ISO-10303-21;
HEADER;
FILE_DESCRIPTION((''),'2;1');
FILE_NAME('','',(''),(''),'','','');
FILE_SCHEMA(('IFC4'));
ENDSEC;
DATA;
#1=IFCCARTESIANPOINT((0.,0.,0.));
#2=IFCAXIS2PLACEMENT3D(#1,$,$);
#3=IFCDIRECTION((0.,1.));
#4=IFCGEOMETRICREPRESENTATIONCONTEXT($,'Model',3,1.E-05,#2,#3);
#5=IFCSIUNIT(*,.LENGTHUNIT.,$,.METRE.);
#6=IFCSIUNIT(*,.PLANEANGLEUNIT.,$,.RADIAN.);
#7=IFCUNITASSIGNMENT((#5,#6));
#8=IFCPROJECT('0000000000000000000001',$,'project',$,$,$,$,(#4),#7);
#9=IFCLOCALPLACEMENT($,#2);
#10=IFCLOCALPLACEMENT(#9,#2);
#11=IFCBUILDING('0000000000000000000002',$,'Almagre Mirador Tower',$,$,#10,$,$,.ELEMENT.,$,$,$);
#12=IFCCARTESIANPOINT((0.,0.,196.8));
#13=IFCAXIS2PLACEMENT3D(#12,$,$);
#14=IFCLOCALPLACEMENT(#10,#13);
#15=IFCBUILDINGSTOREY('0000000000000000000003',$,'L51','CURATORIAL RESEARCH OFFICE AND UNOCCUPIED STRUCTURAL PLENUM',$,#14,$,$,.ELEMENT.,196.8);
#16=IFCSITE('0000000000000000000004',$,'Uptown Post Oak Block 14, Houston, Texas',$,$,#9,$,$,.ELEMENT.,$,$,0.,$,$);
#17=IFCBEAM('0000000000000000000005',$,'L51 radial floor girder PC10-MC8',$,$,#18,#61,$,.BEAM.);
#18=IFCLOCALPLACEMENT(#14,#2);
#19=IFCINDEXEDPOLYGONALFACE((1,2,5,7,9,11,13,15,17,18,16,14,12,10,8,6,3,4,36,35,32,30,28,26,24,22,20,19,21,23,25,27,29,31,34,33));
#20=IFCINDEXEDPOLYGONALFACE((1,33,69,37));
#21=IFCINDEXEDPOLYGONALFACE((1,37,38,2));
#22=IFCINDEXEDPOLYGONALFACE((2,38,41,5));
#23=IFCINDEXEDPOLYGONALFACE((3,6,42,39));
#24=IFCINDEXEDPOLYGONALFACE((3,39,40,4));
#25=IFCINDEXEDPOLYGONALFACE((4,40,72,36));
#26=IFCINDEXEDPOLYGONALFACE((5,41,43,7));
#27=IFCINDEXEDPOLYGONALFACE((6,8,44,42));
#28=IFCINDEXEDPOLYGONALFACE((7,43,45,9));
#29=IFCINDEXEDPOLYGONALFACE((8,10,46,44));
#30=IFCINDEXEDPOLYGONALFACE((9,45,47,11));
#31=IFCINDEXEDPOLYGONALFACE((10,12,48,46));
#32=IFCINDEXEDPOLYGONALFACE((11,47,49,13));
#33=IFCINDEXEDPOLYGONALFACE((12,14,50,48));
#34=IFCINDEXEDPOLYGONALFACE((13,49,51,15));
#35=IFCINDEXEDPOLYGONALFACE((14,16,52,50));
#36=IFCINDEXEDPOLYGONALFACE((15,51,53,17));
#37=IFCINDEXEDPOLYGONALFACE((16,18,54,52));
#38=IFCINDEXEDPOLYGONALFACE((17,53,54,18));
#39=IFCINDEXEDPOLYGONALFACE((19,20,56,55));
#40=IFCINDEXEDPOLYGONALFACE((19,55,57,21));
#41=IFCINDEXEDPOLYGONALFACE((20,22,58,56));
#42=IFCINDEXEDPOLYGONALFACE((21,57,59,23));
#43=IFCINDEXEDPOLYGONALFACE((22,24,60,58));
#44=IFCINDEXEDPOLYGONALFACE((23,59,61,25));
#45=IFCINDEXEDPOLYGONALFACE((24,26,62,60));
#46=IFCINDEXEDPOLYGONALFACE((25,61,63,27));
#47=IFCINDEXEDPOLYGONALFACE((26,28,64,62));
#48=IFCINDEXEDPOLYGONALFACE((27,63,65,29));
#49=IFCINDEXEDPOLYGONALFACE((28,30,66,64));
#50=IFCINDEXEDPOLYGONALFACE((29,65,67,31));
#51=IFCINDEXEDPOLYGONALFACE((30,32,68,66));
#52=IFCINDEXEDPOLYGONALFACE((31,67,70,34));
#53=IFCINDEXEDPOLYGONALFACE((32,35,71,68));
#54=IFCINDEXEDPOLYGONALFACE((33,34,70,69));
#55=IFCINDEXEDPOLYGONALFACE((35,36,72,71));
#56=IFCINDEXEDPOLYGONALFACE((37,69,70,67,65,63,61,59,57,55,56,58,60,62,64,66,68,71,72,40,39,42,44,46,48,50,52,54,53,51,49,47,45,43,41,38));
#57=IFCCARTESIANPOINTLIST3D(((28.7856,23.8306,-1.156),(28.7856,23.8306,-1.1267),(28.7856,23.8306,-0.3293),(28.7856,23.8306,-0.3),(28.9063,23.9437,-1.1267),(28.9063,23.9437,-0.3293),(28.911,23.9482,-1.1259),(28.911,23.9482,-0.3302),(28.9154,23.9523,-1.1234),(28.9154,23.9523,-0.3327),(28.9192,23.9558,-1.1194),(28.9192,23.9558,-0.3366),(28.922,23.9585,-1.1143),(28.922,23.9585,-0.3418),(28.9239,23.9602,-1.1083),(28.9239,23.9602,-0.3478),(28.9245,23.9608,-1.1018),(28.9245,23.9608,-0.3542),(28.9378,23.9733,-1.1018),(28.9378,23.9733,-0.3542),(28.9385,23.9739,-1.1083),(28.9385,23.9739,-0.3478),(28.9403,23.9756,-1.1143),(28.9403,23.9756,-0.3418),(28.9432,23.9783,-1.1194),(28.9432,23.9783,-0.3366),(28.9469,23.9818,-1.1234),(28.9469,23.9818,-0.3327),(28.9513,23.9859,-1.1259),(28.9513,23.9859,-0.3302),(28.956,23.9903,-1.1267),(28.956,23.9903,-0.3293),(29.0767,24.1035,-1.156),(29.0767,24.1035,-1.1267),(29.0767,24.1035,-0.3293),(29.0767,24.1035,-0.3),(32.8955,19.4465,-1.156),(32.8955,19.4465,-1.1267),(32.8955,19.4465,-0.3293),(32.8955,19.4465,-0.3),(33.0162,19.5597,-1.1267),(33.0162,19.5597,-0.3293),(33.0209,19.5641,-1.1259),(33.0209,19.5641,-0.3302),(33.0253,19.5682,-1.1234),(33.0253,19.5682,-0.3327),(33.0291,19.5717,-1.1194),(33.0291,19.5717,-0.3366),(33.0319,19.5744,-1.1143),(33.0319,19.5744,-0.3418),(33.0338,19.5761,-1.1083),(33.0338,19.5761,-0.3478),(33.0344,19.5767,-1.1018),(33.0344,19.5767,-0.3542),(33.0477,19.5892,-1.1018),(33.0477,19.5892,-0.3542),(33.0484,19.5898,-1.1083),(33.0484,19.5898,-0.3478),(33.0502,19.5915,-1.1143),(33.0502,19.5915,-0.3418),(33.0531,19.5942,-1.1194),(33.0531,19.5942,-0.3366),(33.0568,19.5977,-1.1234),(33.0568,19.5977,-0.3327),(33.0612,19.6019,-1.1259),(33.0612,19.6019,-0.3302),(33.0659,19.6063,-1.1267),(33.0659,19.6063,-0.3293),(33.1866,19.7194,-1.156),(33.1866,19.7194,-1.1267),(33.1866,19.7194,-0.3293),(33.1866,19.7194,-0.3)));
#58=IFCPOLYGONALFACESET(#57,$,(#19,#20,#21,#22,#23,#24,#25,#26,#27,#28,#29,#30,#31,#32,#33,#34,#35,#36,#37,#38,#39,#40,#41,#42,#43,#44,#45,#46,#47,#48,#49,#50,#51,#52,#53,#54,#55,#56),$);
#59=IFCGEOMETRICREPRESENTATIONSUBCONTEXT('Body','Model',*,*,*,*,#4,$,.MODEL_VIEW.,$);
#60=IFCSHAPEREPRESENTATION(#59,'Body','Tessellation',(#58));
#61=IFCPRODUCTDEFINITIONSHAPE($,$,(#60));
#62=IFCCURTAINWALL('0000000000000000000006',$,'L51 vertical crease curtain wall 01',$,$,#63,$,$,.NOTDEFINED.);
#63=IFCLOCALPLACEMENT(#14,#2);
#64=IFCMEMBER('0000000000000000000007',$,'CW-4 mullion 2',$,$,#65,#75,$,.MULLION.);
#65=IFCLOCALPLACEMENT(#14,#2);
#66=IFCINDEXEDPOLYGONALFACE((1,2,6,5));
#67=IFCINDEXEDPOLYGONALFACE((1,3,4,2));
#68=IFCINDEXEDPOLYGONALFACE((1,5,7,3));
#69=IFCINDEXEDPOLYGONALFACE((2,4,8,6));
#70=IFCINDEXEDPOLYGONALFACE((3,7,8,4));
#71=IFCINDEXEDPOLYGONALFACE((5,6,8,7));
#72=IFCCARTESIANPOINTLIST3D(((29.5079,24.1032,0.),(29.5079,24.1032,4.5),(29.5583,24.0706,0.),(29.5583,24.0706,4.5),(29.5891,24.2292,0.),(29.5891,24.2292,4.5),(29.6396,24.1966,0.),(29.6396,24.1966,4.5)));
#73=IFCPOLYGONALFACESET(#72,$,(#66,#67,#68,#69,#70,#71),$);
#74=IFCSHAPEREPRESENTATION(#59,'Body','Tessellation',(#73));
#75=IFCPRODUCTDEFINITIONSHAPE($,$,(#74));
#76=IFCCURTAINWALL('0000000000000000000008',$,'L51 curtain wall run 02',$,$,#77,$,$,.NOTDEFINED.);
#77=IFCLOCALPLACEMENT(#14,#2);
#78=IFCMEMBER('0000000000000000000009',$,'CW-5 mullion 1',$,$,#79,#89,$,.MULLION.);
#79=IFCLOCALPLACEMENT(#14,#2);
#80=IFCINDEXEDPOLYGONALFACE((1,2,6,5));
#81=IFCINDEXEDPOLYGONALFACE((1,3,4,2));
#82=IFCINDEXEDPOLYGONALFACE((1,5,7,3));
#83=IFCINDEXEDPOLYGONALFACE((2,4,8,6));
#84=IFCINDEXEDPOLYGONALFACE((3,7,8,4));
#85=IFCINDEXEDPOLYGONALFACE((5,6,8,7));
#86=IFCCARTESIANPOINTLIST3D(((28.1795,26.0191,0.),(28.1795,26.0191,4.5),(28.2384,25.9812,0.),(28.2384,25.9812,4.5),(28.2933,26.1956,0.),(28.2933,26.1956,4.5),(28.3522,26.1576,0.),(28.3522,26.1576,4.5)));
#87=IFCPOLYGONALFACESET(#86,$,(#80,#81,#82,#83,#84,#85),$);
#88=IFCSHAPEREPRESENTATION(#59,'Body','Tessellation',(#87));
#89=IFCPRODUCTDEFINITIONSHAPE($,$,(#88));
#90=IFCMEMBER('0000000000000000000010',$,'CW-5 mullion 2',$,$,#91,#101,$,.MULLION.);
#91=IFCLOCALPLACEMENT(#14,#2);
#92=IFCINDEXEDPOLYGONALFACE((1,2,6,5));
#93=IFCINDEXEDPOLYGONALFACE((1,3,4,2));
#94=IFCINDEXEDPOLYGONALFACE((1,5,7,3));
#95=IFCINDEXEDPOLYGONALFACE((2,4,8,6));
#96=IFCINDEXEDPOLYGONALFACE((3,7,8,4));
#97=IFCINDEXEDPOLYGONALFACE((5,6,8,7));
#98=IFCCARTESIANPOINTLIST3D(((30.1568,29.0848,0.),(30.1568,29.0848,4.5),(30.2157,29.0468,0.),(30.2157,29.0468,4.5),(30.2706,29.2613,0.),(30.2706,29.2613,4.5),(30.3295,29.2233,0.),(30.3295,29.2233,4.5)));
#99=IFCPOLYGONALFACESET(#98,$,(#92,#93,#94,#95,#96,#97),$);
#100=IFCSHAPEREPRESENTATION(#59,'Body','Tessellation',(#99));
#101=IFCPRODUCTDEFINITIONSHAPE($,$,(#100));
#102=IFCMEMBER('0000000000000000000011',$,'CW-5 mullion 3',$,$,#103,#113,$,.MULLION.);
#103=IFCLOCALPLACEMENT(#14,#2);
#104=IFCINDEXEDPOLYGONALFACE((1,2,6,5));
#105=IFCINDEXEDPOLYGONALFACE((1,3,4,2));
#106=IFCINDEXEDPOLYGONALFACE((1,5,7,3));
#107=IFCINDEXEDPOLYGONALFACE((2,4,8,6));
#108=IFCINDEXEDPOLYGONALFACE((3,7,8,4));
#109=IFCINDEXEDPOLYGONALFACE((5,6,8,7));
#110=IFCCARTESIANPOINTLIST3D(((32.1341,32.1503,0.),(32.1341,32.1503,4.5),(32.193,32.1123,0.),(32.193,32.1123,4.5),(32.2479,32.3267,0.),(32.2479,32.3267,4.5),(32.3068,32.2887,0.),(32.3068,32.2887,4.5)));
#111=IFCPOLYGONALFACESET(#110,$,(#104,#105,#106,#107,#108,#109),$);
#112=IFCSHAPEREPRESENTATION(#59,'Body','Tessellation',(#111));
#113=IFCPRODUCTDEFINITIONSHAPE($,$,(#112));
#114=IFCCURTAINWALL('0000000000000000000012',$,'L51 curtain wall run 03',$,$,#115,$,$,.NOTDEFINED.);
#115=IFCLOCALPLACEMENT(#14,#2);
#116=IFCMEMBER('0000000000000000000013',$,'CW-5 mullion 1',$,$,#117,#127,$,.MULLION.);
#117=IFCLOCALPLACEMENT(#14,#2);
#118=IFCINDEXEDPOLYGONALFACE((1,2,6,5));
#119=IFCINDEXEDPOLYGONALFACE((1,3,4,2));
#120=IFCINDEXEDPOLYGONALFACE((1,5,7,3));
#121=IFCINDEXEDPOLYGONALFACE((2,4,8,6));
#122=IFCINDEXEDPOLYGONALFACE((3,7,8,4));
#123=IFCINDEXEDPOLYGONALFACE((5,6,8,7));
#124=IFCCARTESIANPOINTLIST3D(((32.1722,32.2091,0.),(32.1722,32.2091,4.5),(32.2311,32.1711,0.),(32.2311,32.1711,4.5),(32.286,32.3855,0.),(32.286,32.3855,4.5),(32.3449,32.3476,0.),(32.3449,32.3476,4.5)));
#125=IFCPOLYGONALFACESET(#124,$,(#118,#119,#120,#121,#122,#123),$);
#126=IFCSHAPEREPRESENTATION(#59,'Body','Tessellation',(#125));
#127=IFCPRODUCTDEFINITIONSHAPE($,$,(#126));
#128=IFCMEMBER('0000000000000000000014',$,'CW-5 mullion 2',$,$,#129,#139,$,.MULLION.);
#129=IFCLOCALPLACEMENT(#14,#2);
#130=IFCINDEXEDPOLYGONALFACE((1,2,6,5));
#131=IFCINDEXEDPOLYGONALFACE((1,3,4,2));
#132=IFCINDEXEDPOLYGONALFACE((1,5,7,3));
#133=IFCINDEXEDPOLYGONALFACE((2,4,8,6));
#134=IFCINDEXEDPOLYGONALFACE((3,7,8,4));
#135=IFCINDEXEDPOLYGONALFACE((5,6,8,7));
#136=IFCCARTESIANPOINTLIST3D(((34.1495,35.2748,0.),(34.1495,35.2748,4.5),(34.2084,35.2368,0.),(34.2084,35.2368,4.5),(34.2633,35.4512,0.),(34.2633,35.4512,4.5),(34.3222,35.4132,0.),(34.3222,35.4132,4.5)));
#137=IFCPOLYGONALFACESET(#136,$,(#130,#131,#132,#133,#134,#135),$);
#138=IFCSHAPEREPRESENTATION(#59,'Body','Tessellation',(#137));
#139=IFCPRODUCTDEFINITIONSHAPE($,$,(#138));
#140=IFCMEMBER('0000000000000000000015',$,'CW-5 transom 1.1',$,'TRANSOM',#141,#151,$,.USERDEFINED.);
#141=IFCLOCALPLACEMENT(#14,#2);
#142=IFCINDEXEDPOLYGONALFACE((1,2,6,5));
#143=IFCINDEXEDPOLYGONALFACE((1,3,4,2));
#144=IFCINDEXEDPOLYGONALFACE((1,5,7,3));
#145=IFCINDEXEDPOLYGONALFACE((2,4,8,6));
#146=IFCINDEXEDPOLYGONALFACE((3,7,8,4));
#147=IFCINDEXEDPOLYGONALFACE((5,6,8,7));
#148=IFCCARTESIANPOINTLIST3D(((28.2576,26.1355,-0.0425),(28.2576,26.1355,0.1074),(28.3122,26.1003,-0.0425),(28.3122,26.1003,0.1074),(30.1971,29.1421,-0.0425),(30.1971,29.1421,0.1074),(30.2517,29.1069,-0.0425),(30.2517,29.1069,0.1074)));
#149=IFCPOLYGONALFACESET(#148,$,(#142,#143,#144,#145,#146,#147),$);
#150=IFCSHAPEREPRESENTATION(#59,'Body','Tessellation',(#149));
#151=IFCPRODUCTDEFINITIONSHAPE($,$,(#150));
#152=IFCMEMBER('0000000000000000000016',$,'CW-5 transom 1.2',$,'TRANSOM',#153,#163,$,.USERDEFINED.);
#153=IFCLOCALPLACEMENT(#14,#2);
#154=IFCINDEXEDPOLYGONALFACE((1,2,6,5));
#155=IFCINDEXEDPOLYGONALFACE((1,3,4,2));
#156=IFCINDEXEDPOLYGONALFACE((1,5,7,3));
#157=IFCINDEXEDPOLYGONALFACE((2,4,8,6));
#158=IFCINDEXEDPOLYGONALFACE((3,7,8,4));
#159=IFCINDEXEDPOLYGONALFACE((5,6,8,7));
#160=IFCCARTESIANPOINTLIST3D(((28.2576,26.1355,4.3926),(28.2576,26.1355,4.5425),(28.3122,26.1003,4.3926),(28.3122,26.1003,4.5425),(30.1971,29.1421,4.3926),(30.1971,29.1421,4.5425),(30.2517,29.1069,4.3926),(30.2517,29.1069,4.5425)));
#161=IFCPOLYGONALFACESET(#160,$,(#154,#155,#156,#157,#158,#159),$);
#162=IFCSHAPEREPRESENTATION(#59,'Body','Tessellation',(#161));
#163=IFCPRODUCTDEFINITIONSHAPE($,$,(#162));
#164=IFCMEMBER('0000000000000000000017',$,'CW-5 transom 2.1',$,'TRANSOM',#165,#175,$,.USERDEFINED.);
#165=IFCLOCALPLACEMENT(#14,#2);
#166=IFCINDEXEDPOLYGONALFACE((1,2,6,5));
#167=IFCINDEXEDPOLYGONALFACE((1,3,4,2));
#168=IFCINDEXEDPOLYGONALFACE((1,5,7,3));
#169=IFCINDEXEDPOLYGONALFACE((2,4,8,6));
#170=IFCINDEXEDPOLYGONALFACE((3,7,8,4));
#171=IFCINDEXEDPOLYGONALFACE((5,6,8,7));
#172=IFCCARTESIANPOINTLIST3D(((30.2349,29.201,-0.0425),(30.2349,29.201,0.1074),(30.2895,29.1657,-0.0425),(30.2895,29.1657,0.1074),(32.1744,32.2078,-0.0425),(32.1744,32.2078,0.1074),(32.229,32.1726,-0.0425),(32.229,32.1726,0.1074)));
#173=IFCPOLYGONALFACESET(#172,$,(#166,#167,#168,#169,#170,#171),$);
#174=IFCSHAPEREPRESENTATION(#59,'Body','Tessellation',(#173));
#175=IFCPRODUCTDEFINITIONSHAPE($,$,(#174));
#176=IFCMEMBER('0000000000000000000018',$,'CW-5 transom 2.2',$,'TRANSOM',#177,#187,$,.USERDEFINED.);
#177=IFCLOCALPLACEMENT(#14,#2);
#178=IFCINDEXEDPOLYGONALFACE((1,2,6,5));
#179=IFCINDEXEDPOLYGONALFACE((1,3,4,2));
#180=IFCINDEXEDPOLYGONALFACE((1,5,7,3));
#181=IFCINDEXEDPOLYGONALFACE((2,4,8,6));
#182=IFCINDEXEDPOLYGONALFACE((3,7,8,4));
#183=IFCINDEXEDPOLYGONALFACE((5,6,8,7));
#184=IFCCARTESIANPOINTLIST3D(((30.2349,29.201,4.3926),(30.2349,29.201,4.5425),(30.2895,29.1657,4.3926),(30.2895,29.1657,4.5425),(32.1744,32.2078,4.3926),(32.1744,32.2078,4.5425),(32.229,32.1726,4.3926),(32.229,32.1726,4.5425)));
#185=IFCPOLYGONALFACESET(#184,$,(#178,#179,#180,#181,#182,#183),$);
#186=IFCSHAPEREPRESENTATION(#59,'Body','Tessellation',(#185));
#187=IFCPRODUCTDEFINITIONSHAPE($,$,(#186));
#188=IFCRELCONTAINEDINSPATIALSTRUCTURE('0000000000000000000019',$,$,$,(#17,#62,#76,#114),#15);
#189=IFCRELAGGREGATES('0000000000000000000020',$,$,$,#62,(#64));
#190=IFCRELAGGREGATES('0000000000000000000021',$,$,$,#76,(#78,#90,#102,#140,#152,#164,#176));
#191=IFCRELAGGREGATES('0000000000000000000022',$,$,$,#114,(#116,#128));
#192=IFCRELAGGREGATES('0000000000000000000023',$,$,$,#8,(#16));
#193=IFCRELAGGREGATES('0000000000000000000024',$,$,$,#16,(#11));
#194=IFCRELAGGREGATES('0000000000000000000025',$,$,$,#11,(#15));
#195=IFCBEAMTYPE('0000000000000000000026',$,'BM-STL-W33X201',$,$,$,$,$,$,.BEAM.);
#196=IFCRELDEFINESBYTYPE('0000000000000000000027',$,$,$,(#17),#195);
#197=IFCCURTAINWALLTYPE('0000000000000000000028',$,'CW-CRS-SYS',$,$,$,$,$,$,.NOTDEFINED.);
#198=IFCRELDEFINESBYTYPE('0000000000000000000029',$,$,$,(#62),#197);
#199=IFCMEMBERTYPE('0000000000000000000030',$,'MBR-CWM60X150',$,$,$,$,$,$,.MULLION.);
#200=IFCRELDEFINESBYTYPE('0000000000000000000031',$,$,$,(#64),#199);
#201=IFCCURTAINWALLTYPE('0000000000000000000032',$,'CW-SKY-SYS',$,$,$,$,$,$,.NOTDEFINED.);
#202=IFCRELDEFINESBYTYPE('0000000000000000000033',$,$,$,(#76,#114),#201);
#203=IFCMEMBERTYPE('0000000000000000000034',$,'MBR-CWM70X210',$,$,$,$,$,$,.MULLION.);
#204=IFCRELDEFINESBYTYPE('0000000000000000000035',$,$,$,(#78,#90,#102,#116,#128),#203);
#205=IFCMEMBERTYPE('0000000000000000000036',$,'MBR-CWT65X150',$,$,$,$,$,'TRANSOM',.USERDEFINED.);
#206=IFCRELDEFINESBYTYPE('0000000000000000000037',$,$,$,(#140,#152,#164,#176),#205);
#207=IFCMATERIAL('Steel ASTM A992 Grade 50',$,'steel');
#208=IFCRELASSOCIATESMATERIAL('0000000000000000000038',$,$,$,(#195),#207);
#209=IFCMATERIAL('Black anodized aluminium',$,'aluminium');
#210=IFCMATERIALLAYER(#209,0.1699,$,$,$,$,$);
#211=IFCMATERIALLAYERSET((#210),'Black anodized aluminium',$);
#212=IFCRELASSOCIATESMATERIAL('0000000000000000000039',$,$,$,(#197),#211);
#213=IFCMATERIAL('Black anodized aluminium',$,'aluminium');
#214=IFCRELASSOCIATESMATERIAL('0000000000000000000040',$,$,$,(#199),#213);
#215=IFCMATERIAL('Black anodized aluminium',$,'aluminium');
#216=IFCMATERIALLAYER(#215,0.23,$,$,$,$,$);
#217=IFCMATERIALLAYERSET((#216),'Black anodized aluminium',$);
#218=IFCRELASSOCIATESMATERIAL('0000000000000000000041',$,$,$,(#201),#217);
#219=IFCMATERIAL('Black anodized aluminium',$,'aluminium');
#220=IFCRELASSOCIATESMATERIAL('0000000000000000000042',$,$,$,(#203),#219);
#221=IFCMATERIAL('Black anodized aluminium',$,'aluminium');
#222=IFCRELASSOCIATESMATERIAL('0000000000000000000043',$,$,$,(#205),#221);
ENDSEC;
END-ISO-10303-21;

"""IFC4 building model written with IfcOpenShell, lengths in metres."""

from ifc_helpers import new_model, si_unit, direction, frame, origin, origin_2d, place, context, subcontext, project, spatial, rectangle, i_section, extrude, material, layer, layer_set, material_profile, profile_set, type_object, element, aggregate, save


model = new_model("IFC4")

# Units and contexts
model_context = context("Model", 3, precision=1e-05, world=origin(), true_north=direction((0.0, 1.0)))
body_context = subcontext(model_context, "Body", "Model", "MODEL_VIEW")
ifc_project = project(units=[si_unit("LENGTHUNIT", "METRE"), si_unit("PLANEANGLEUNIT", "RADIAN")], contexts=[model_context])

# Site, building, storey
site_placement = place(None, origin())
site = spatial("IfcSite", under=ifc_project, at=site_placement, Name="Uptown Post Oak Block 14, Houston, Texas", CompositionType="ELEMENT", RefElevation=0.0)
building_placement = place(site_placement, origin())
building = spatial("IfcBuilding", under=site, at=building_placement, Name="Almagre Mirador Tower", CompositionType="ELEMENT")
storey_placement = place(building_placement, frame((0.0, 0.0, 196.8)))
storey = spatial("IfcBuildingStorey", under=building, at=storey_placement, Name="L51", Description="CURATORIAL RESEARCH OFFICE AND UNOCCUPIED STRUCTURAL PLENUM", CompositionType="ELEMENT", Elevation=196.8)

# Beam
ifc_material_1 = material(Name="Steel ASTM A992 Grade 50", Category="steel")
ifc_material_profile_1 = material_profile(ifc_material_1, i_section(OverallWidth=0.3989, OverallDepth=0.856, WebThickness=0.0183, FlangeThickness=0.0293, FilletRadius=0.0249, at=origin_2d()), Name="W33X201")
ifc_profile_set_1 = profile_set([ifc_material_profile_1], Name="Steel ASTM A992 Grade 50")
beam_type_1 = type_object("IfcBeamType", Name="BM-STL-W33X201", PredefinedType="BEAM", material=ifc_profile_set_1)
beam_1_placement = place(storey_placement, frame((28.9312, 23.967, -0.728), z_axis=(0.683926, -0.729551, 0.0), x_axis=(0.729551, 0.683926, 0.0)))
element("IfcBeam", 1, at=beam_1_placement, inside=storey, type_object=beam_type_1, Name="L51 radial floor girder PC10-MC8", PredefinedType="BEAM", context=body_context, shape_type="SweptSolid", body=[
    extrude(i_section(OverallWidth=0.3989, OverallDepth=0.856, WebThickness=0.0183, FlangeThickness=0.0293, FilletRadius=0.0249, at=origin_2d()), origin(), (0.0, 0.0, 1.0), 6.0093),
])

# Curtain wall, member
ifc_material_2 = material(Name="Black anodized aluminium", Category="aluminium")
ifc_layer_1 = layer(ifc_material_2, 0.1699)
ifc_layer_set_1 = layer_set([ifc_layer_1], Name="Black anodized aluminium")
curtain_wall_type_1 = type_object("IfcCurtainWallType", Name="CW-CRS-SYS", PredefinedType="NOTDEFINED", material=ifc_layer_set_1)
curtain_wall_1_placement = place(storey_placement, origin())
curtain_wall_1 = element("IfcCurtainWall", 2, at=curtain_wall_1_placement, inside=storey, type_object=curtain_wall_type_1, Name="L51 vertical crease curtain wall 01", PredefinedType="NOTDEFINED")
ifc_material_3 = material(Name="Black anodized aluminium", Category="aluminium")
ifc_material_profile_2 = material_profile(ifc_material_3, rectangle(XDim=0.0601, YDim=0.1499, at=origin_2d()), Name="CWM60X150")
ifc_profile_set_2 = profile_set([ifc_material_profile_2], Name="Black anodized aluminium")
member_type_1 = type_object("IfcMemberType", Name="MBR-CWM60X150", PredefinedType="MULLION", material=ifc_profile_set_2)
member_1_placement = place(storey_placement, frame((29.5737, 24.1499, 0.0), z_axis=(0.0, 0.0, 1.0), x_axis=(-0.840276, 0.54216, 0.0)))
member_1 = element("IfcMember", 3, at=member_1_placement, type_object=member_type_1, Name="CW-4 mullion 2", PredefinedType="MULLION", context=body_context, shape_type="SweptSolid", body=[
    extrude(rectangle(XDim=0.0601, YDim=0.1499, at=origin_2d()), origin(), (0.0, 0.0, 1.0), 4.5),
])
aggregate(curtain_wall_1, [member_1])

# Curtain walls, members
ifc_material_4 = material(Name="Black anodized aluminium", Category="aluminium")
ifc_layer_2 = layer(ifc_material_4, 0.23)
ifc_layer_set_2 = layer_set([ifc_layer_2], Name="Black anodized aluminium")
curtain_wall_type_2 = type_object("IfcCurtainWallType", Name="CW-SKY-SYS", PredefinedType="NOTDEFINED", material=ifc_layer_set_2)
curtain_wall_2_placement = place(storey_placement, origin())
curtain_wall_2 = element("IfcCurtainWall", 4, at=curtain_wall_2_placement, inside=storey, type_object=curtain_wall_type_2, Name="L51 curtain wall run 02", PredefinedType="NOTDEFINED")
ifc_material_5 = material(Name="Black anodized aluminium", Category="aluminium")
ifc_material_profile_3 = material_profile(ifc_material_5, rectangle(XDim=0.0701, YDim=0.21, at=origin_2d()), Name="CWM70X210")
ifc_profile_set_3 = profile_set([ifc_material_profile_3], Name="Black anodized aluminium")
member_type_2 = type_object("IfcMemberType", Name="MBR-CWM70X210", PredefinedType="MULLION", material=ifc_profile_set_3)
member_2_placement = place(storey_placement, frame((28.2659, 26.0884, 0.0), z_axis=(0.0, 0.0, 1.0), x_axis=(-0.840361, 0.542026, 0.0)))
member_2 = element("IfcMember", 5, at=member_2_placement, type_object=member_type_2, Name="CW-5 mullion 1", PredefinedType="MULLION", context=body_context, shape_type="SweptSolid", body=[
    extrude(rectangle(XDim=0.0701, YDim=0.21, at=origin_2d()), origin(), (0.0, 0.0, 1.0), 4.5),
])
member_3_placement = place(storey_placement, frame((30.2432, 29.1541, 0.0), z_axis=(0.0, 0.0, 1.0), x_axis=(-0.840361, 0.542026, 0.0)))
member_3 = element("IfcMember", 6, at=member_3_placement, type_object=member_type_2, Name="CW-5 mullion 2", PredefinedType="MULLION", context=body_context, shape_type="SweptSolid", body=[
    extrude(rectangle(XDim=0.0701, YDim=0.21, at=origin_2d()), origin(), (0.0, 0.0, 1.0), 4.5),
])
member_4_placement = place(storey_placement, frame((32.2205, 32.2195, 0.0), z_axis=(0.0, 0.0, 1.0), x_axis=(-0.840361, 0.542026, 0.0)))
member_4 = element("IfcMember", 7, at=member_4_placement, type_object=member_type_2, Name="CW-5 mullion 3", PredefinedType="MULLION", context=body_context, shape_type="SweptSolid", body=[
    extrude(rectangle(XDim=0.0701, YDim=0.21, at=origin_2d()), origin(), (0.0, 0.0, 1.0), 4.5),
])
curtain_wall_3_placement = place(storey_placement, origin())
curtain_wall_3 = element("IfcCurtainWall", 8, at=curtain_wall_3_placement, inside=storey, type_object=curtain_wall_type_2, Name="L51 curtain wall run 03", PredefinedType="NOTDEFINED")
member_5_placement = place(storey_placement, frame((32.2585, 32.2783, 0.0), z_axis=(0.0, 0.0, 1.0), x_axis=(-0.840361, 0.542026, 0.0)))
member_5 = element("IfcMember", 9, at=member_5_placement, type_object=member_type_2, Name="CW-5 mullion 1", PredefinedType="MULLION", context=body_context, shape_type="SweptSolid", body=[
    extrude(rectangle(XDim=0.0701, YDim=0.21, at=origin_2d()), origin(), (0.0, 0.0, 1.0), 4.5),
])
member_6_placement = place(storey_placement, frame((34.2358, 35.344, 0.0), z_axis=(0.0, 0.0, 1.0), x_axis=(-0.840361, 0.542026, 0.0)))
member_6 = element("IfcMember", 10, at=member_6_placement, type_object=member_type_2, Name="CW-5 mullion 2", PredefinedType="MULLION", context=body_context, shape_type="SweptSolid", body=[
    extrude(rectangle(XDim=0.0701, YDim=0.21, at=origin_2d()), origin(), (0.0, 0.0, 1.0), 4.5),
])

# Members
ifc_material_6 = material(Name="Black anodized aluminium", Category="aluminium")
ifc_material_profile_4 = material_profile(ifc_material_6, rectangle(XDim=0.0649, YDim=0.1499, at=origin_2d()), Name="CWT65X150")
ifc_profile_set_4 = profile_set([ifc_material_profile_4], Name="Black anodized aluminium")
member_type_3 = type_object("IfcMemberType", Name="MBR-CWT65X150", ElementType="TRANSOM", PredefinedType="USERDEFINED", material=ifc_profile_set_4)
member_7_placement = place(storey_placement, frame((28.2849, 26.1179, 0.0325), z_axis=(0.542071, 0.840333, 0.0), x_axis=(-0.840333, 0.542071, 0.0)))
member_7 = element("IfcMember", 11, at=member_7_placement, type_object=member_type_3, Name="CW-5 transom 1.1", ObjectType="TRANSOM", PredefinedType="USERDEFINED", context=body_context, shape_type="SweptSolid", body=[
    extrude(rectangle(XDim=0.0649, YDim=0.1499, at=origin_2d()), origin(), (0.0, 0.0, 1.0), 3.5779),
])
member_8_placement = place(storey_placement, frame((28.2849, 26.1179, 4.4675), z_axis=(0.542071, 0.840333, 0.0), x_axis=(-0.840333, 0.542071, 0.0)))
member_8 = element("IfcMember", 12, at=member_8_placement, type_object=member_type_3, Name="CW-5 transom 1.2", ObjectType="TRANSOM", PredefinedType="USERDEFINED", context=body_context, shape_type="SweptSolid", body=[
    extrude(rectangle(XDim=0.0649, YDim=0.1499, at=origin_2d()), origin(), (0.0, 0.0, 1.0), 3.5779),
])
member_9_placement = place(storey_placement, frame((30.2622, 29.1833, 0.0325), z_axis=(0.54204, 0.840353, 0.0), x_axis=(-0.840353, 0.54204, 0.0)))
member_9 = element("IfcMember", 13, at=member_9_placement, type_object=member_type_3, Name="CW-5 transom 2.1", ObjectType="TRANSOM", PredefinedType="USERDEFINED", context=body_context, shape_type="SweptSolid", body=[
    extrude(rectangle(XDim=0.0649, YDim=0.1499, at=origin_2d()), origin(), (0.0, 0.0, 1.0), 3.5781),
])
member_10_placement = place(storey_placement, frame((30.2622, 29.1833, 4.4675), z_axis=(0.54204, 0.840353, 0.0), x_axis=(-0.840353, 0.54204, 0.0)))
member_10 = element("IfcMember", 14, at=member_10_placement, type_object=member_type_3, Name="CW-5 transom 2.2", ObjectType="TRANSOM", PredefinedType="USERDEFINED", context=body_context, shape_type="SweptSolid", body=[
    extrude(rectangle(XDim=0.0649, YDim=0.1499, at=origin_2d()), origin(), (0.0, 0.0, 1.0), 3.5781),
])

aggregate(curtain_wall_2, [member_2, member_3, member_4, member_7, member_8, member_9, member_10])
aggregate(curtain_wall_3, [member_5, member_6])

save(model, "model.ifc")
